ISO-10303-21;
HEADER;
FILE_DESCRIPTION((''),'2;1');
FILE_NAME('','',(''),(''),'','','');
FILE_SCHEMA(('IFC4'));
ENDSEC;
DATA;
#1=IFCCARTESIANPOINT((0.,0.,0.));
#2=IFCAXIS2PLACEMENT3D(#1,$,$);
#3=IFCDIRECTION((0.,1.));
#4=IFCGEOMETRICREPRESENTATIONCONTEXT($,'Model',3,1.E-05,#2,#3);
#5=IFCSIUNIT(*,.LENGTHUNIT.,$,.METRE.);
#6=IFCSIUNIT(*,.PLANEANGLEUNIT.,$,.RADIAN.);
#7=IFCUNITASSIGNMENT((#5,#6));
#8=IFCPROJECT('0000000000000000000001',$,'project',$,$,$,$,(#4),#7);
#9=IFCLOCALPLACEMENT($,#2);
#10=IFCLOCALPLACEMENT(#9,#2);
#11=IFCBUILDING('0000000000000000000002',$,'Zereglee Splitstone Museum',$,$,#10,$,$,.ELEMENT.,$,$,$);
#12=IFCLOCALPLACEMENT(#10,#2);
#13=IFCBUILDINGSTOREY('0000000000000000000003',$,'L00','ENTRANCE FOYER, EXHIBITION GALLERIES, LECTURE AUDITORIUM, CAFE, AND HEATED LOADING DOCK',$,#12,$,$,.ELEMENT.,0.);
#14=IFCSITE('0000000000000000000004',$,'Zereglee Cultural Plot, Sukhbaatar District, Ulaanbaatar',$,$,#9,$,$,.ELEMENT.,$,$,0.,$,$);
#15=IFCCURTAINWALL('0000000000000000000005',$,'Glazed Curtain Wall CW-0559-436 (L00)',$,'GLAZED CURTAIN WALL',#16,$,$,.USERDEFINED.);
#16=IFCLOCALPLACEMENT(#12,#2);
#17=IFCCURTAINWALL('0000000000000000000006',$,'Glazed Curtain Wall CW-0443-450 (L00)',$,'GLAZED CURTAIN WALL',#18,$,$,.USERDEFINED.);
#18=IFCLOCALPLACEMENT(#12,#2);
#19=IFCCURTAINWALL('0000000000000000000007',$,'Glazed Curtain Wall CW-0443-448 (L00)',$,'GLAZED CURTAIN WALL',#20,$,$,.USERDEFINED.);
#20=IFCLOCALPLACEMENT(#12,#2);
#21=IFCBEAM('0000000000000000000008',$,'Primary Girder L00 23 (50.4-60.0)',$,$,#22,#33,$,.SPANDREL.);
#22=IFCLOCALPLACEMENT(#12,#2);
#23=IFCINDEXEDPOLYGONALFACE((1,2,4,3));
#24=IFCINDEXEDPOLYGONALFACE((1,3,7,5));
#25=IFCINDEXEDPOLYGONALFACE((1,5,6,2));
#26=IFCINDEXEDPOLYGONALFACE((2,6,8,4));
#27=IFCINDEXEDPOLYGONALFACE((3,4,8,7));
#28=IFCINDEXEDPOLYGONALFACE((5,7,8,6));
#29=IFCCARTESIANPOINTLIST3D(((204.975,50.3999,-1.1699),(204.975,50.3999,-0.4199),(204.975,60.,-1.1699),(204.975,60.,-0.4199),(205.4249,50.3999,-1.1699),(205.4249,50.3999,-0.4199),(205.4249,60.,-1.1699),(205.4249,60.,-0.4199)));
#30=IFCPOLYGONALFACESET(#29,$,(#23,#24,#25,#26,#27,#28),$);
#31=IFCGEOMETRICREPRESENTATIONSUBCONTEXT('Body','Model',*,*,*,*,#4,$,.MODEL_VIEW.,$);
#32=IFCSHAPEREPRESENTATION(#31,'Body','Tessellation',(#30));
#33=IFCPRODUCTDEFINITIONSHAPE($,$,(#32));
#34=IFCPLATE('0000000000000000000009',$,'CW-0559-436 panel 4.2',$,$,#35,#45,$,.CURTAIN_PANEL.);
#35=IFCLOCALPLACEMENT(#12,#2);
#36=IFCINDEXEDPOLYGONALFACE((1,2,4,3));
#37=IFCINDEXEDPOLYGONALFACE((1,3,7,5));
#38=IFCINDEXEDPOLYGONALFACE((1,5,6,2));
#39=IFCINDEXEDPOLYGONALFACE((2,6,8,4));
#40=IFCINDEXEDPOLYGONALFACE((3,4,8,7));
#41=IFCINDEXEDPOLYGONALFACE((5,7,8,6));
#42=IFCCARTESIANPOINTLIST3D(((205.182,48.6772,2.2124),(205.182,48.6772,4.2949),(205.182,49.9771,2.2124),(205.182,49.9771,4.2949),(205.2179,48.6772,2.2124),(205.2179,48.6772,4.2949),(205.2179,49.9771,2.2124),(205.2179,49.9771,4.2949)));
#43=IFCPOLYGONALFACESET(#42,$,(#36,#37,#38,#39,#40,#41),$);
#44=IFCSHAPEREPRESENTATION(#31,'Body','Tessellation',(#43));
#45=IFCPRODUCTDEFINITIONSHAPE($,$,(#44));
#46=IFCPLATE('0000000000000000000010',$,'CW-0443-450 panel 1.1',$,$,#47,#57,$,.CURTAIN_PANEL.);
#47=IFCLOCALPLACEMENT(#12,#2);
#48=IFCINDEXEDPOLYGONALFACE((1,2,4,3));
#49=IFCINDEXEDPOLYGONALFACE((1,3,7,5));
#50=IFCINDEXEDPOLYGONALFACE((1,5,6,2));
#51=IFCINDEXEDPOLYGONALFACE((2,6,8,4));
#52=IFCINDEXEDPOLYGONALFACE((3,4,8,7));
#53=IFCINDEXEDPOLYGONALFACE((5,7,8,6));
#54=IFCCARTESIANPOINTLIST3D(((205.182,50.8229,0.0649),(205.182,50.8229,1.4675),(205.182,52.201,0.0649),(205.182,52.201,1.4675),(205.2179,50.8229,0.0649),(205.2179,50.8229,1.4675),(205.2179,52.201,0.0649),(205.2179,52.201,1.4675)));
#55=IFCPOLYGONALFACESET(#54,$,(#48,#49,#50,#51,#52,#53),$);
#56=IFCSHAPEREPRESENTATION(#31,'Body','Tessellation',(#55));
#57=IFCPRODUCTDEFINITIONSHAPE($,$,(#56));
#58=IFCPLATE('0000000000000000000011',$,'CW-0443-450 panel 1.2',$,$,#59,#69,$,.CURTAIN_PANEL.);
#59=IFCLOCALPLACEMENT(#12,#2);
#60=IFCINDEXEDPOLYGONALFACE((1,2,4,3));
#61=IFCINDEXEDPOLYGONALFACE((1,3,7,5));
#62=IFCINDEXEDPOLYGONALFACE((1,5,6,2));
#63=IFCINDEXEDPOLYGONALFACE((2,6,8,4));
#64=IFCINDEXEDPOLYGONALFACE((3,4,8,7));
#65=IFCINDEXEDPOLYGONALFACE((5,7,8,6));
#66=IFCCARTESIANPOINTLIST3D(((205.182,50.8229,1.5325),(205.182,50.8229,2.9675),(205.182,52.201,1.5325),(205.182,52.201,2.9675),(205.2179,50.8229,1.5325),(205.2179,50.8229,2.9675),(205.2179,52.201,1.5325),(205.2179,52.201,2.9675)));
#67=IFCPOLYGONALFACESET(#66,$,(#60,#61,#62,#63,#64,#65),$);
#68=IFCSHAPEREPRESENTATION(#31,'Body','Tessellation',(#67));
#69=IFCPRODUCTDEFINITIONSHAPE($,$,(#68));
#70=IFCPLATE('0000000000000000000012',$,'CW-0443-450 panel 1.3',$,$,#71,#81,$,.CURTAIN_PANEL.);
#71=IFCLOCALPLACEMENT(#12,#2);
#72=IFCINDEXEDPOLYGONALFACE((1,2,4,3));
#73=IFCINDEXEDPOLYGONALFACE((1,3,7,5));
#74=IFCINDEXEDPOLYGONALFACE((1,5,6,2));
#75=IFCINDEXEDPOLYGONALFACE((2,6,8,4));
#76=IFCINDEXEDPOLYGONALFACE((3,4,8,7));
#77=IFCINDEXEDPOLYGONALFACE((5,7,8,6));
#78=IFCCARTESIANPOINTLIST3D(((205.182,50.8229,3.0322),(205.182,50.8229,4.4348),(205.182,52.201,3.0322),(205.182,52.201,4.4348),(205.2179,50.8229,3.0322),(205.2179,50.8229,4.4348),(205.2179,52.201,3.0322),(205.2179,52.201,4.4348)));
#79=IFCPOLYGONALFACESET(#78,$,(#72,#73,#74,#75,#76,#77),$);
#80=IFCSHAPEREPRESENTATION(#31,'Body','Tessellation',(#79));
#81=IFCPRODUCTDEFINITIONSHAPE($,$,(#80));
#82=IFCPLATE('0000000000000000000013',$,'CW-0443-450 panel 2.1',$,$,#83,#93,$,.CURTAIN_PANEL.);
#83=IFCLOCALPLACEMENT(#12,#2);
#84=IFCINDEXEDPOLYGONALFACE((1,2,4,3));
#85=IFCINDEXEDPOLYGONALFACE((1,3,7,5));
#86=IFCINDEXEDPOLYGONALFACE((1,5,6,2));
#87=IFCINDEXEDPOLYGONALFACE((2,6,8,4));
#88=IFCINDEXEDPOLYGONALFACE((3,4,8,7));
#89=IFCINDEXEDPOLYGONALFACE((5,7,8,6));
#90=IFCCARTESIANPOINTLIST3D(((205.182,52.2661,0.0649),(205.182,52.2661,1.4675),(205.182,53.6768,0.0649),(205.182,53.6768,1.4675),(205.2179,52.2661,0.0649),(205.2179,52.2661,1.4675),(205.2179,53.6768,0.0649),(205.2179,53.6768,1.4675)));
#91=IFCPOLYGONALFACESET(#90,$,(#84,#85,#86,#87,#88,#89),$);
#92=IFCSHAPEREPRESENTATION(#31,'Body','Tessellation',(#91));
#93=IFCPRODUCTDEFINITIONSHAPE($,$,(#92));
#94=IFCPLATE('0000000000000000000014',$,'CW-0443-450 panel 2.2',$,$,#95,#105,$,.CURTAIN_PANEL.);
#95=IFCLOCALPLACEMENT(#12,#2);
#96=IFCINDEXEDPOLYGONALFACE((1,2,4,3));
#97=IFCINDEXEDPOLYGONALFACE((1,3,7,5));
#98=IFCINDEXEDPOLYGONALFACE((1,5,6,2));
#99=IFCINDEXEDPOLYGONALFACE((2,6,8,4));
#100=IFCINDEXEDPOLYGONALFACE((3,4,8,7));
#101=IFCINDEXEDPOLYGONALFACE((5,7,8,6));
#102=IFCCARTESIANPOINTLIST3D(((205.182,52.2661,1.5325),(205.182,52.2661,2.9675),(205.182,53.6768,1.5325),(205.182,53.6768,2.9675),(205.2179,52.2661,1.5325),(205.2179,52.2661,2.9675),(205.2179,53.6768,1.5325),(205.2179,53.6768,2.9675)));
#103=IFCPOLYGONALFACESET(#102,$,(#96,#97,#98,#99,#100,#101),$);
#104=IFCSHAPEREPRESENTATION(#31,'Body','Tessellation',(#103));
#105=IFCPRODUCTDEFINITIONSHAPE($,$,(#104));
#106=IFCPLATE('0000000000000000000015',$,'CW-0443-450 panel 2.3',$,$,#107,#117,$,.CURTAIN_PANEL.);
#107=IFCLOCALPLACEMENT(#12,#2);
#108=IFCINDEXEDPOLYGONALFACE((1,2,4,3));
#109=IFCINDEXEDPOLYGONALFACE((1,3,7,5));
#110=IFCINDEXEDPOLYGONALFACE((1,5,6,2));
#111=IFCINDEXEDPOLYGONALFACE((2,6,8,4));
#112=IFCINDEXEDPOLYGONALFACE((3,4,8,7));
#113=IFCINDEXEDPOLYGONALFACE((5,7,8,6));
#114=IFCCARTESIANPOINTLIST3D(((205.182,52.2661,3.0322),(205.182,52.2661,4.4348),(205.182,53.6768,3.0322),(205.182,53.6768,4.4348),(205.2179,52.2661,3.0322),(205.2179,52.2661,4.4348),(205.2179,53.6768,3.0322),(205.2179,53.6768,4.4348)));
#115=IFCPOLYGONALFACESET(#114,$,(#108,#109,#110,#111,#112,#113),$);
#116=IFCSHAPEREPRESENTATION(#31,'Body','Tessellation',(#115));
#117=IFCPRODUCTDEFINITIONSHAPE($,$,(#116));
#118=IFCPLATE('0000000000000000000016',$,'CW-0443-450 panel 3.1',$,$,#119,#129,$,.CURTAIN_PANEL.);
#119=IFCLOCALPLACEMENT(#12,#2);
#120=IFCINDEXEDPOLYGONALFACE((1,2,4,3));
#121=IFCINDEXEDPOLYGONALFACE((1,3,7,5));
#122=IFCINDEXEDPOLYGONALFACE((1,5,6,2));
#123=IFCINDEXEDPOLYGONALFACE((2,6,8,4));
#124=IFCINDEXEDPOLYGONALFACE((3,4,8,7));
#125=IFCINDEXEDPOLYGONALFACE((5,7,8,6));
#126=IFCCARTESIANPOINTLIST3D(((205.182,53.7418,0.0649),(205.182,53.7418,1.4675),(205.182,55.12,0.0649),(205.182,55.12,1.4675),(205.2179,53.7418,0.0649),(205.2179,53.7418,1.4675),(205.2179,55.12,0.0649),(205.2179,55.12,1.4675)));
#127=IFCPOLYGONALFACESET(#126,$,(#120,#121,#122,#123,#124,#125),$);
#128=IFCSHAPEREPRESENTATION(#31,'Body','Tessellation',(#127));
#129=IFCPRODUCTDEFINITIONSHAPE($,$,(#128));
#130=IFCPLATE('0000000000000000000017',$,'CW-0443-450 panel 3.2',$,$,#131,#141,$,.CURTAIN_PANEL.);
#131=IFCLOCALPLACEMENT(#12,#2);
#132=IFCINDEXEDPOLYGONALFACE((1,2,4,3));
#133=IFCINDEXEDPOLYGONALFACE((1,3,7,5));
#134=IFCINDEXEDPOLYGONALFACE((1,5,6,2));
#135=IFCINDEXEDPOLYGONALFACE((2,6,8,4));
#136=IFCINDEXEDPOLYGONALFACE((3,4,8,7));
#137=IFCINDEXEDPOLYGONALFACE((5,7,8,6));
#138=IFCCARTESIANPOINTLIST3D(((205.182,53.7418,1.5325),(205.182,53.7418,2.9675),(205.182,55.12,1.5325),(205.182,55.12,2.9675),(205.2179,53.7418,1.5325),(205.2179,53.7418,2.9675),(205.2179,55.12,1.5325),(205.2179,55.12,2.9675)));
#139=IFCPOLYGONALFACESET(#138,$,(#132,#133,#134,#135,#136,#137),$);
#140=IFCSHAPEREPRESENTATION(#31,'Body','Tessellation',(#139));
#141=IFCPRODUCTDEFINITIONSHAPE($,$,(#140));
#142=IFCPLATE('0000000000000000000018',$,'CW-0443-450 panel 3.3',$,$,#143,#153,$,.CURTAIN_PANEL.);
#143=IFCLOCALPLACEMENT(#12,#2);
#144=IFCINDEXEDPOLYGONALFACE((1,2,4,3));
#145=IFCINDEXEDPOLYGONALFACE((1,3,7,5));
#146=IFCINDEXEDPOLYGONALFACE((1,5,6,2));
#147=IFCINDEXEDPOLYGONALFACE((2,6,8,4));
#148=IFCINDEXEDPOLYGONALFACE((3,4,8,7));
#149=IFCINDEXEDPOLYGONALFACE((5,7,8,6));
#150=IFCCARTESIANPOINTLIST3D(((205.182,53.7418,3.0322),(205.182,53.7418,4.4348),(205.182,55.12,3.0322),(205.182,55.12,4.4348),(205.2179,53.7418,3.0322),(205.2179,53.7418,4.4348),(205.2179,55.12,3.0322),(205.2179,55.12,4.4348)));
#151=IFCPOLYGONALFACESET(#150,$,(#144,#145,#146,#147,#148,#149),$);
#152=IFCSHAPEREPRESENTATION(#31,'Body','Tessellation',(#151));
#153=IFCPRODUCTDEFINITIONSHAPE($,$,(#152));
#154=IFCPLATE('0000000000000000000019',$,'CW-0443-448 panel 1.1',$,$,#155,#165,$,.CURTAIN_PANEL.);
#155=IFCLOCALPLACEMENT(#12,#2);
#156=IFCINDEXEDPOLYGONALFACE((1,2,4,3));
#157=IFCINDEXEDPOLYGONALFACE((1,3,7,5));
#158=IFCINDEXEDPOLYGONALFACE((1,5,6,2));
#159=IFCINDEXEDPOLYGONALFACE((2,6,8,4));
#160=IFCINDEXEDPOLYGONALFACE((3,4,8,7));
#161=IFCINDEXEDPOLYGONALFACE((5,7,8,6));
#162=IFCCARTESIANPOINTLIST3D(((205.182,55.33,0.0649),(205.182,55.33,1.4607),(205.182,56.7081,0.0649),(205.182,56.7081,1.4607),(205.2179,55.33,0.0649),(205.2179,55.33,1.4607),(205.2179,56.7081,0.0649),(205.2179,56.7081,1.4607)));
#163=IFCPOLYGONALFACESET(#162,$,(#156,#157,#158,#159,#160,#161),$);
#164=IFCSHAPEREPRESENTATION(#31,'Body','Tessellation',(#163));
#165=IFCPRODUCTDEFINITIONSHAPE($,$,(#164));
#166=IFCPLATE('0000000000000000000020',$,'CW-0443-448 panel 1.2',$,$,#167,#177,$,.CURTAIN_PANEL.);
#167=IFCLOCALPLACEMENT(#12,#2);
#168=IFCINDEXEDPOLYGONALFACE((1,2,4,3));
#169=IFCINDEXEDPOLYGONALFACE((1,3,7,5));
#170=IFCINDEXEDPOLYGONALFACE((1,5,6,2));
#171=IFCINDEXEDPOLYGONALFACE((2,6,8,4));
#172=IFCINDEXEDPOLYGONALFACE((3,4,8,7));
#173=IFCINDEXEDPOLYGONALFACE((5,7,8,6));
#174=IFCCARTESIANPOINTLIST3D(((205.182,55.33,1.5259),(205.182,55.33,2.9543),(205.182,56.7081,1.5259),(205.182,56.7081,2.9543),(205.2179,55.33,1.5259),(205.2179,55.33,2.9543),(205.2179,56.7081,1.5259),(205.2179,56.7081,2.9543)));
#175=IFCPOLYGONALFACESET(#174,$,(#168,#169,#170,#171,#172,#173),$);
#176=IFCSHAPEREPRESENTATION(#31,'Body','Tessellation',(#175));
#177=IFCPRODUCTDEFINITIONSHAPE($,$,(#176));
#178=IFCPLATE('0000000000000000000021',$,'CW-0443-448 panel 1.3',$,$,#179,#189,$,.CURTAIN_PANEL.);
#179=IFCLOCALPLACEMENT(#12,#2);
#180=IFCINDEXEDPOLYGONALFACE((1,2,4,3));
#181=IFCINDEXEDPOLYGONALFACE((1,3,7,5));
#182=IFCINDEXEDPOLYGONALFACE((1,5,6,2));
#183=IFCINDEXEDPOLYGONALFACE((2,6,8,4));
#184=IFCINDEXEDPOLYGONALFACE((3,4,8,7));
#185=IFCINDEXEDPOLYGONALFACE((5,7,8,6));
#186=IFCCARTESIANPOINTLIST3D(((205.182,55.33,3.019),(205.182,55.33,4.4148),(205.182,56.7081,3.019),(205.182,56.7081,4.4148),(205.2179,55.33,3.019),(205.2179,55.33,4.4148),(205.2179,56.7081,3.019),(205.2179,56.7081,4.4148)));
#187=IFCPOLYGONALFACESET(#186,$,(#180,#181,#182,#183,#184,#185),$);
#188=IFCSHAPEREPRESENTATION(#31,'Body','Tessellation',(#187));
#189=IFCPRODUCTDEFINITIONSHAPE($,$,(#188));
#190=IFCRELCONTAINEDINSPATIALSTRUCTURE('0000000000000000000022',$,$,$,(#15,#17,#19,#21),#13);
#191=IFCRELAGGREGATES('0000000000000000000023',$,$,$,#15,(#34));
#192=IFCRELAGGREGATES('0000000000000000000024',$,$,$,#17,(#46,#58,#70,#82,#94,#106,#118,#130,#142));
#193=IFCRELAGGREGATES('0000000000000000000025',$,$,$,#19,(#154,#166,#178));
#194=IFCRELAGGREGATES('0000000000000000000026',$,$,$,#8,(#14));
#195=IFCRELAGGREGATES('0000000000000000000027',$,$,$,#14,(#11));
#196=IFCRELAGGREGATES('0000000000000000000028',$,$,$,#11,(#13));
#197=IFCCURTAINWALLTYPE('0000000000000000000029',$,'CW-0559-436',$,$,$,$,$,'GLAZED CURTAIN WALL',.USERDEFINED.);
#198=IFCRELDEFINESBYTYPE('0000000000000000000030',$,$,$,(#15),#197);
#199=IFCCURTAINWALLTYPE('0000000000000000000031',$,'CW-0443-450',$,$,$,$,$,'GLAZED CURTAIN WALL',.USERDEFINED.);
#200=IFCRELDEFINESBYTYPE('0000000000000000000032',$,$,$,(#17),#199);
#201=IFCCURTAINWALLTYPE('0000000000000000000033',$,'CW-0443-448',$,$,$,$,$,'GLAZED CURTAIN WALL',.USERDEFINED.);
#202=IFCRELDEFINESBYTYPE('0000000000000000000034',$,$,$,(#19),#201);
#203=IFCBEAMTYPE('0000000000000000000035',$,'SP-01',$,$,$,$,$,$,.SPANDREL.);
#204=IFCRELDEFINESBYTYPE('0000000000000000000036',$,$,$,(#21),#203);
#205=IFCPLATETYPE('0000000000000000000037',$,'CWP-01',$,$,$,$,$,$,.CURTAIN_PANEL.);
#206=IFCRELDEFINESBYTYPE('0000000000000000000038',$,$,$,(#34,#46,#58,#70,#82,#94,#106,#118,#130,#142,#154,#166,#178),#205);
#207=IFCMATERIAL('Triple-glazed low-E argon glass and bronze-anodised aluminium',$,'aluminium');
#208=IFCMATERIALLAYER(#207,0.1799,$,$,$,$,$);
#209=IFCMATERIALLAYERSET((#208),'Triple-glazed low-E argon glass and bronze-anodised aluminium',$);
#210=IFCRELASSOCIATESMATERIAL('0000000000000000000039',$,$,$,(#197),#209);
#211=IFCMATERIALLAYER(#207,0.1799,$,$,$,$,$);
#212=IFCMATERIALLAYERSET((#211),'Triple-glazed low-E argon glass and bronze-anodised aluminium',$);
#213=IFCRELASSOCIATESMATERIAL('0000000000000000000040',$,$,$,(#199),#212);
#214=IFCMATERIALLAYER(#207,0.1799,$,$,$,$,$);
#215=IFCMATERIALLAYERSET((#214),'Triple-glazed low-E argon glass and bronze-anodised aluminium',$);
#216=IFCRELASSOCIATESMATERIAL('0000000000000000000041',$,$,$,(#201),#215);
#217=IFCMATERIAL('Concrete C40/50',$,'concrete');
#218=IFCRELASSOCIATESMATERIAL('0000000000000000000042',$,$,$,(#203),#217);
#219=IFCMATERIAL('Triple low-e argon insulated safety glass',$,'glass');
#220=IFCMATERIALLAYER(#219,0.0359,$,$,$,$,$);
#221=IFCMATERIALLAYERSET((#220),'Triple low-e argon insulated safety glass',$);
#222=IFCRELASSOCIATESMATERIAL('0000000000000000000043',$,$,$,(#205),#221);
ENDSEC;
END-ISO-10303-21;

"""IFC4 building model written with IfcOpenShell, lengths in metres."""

from ifc_helpers import new_model, si_unit, direction, frame, origin, origin_2d, place, context, subcontext, project, spatial, rectangle, extrude, material, layer, layer_set, material_profile, profile_set, type_object, element, aggregate, save


model = new_model("IFC4")

# Units and contexts
model_context = context("Model", 3, precision=1e-05, world=origin(), true_north=direction((0.0, 1.0)))
body_context = subcontext(model_context, "Body", "Model", "MODEL_VIEW")
ifc_project = project(units=[si_unit("LENGTHUNIT", "METRE"), si_unit("PLANEANGLEUNIT", "RADIAN")], contexts=[model_context])

# Site, building, storey
site_placement = place(None, origin())
site = spatial("IfcSite", under=ifc_project, at=site_placement, Name="Zereglee Cultural Plot, Sukhbaatar District, Ulaanbaatar", CompositionType="ELEMENT", RefElevation=0.0)
building_placement = place(site_placement, origin())
building = spatial("IfcBuilding", under=site, at=building_placement, Name="Zereglee Splitstone Museum", CompositionType="ELEMENT")
storey_placement = place(building_placement, origin())
storey = spatial("IfcBuildingStorey", under=building, at=storey_placement, Name="L00", Description="ENTRANCE FOYER, EXHIBITION GALLERIES, LECTURE AUDITORIUM, CAFE, AND HEATED LOADING DOCK", CompositionType="ELEMENT", Elevation=0.0)

# Curtain wall
ifc_material_1 = material(Name="Triple-glazed low-E argon glass and bronze-anodised aluminium", Category="aluminium")
ifc_layer_1 = layer(ifc_material_1, 0.1799)
ifc_layer_set_1 = layer_set([ifc_layer_1], Name="Triple-glazed low-E argon glass and bronze-anodised aluminium")
curtain_wall_type_1 = type_object("IfcCurtainWallType", Name="CW-0559-436", ElementType="GLAZED CURTAIN WALL", PredefinedType="USERDEFINED", material=ifc_layer_set_1)
curtain_wall_1_placement = place(storey_placement, origin())
curtain_wall_1 = element("IfcCurtainWall", 1, at=curtain_wall_1_placement, inside=storey, type_object=curtain_wall_type_1, Name="Glazed Curtain Wall CW-0559-436 (L00)", ObjectType="GLAZED CURTAIN WALL", PredefinedType="USERDEFINED")

# Curtain walls
ifc_layer_2 = layer(ifc_material_1, 0.1799)
ifc_layer_set_2 = layer_set([ifc_layer_2], Name="Triple-glazed low-E argon glass and bronze-anodised aluminium")
curtain_wall_type_2 = type_object("IfcCurtainWallType", Name="CW-0443-450", ElementType="GLAZED CURTAIN WALL", PredefinedType="USERDEFINED", material=ifc_layer_set_2)
curtain_wall_2_placement = place(storey_placement, origin())
curtain_wall_2 = element("IfcCurtainWall", 2, at=curtain_wall_2_placement, inside=storey, type_object=curtain_wall_type_2, Name="Glazed Curtain Wall CW-0443-450 (L00)", ObjectType="GLAZED CURTAIN WALL", PredefinedType="USERDEFINED")
ifc_layer_3 = layer(ifc_material_1, 0.1799)
ifc_layer_set_3 = layer_set([ifc_layer_3], Name="Triple-glazed low-E argon glass and bronze-anodised aluminium")
curtain_wall_type_3 = type_object("IfcCurtainWallType", Name="CW-0443-448", ElementType="GLAZED CURTAIN WALL", PredefinedType="USERDEFINED", material=ifc_layer_set_3)
curtain_wall_3_placement = place(storey_placement, origin())
curtain_wall_3 = element("IfcCurtainWall", 3, at=curtain_wall_3_placement, inside=storey, type_object=curtain_wall_type_3, Name="Glazed Curtain Wall CW-0443-448 (L00)", ObjectType="GLAZED CURTAIN WALL", PredefinedType="USERDEFINED")

# Beam
ifc_material_2 = material(Name="Concrete C40/50", Category="concrete")
ifc_material_profile_1 = material_profile(ifc_material_2, rectangle(XDim=0.45, YDim=0.75, at=origin_2d()), Name="RC 450x750")
ifc_profile_set_1 = profile_set([ifc_material_profile_1], Name="Concrete C40/50")
beam_type_1 = type_object("IfcBeamType", Name="SP-01", PredefinedType="SPANDREL", material=ifc_profile_set_1)
beam_1_placement = place(storey_placement, frame((205.2, 50.3999, -0.7949), z_axis=(0.0, 1.0, 0.0), x_axis=(-1.0, 0.0, 0.0)))
element("IfcBeam", 4, at=beam_1_placement, inside=storey, type_object=beam_type_1, Name="Primary Girder L00 23 (50.4-60.0)", PredefinedType="SPANDREL", context=body_context, shape_type="SweptSolid", body=[
    extrude(rectangle(XDim=0.45, YDim=0.75, at=origin_2d()), origin(), (0.0, 0.0, 1.0), 9.6001),
])

# Plates
ifc_material_3 = material(Name="Triple low-e argon insulated safety glass", Category="glass")
ifc_layer_4 = layer(ifc_material_3, 0.0359)
ifc_layer_set_4 = layer_set([ifc_layer_4], Name="Triple low-e argon insulated safety glass")
plate_type = type_object("IfcPlateType", Name="CWP-01", PredefinedType="CURTAIN_PANEL", material=ifc_layer_set_4)
plate_1_placement = place(storey_placement, frame((205.2, 49.3271, 2.2124), z_axis=(0.0, 0.0, 1.0), x_axis=(0.0, 1.0, 0.0)))
plate_1 = element("IfcPlate", 5, at=plate_1_placement, type_object=plate_type, Name="CW-0559-436 panel 4.2", PredefinedType="CURTAIN_PANEL", context=body_context, shape_type="SweptSolid", body=[
    extrude(rectangle(XDim=1.2998, YDim=0.0359, at=origin_2d()), origin(), (0.0, 0.0, 1.0), 2.0825),
])
aggregate(curtain_wall_1, [plate_1])
plate_2_placement = place(storey_placement, frame((205.2, 51.512, 0.0649), z_axis=(0.0, 0.0, 1.0), x_axis=(0.0, 1.0, 0.0)))
plate_2 = element("IfcPlate", 6, at=plate_2_placement, type_object=plate_type, Name="CW-0443-450 panel 1.1", PredefinedType="CURTAIN_PANEL", context=body_context, shape_type="SweptSolid", body=[
    extrude(rectangle(XDim=1.3782, YDim=0.0359, at=origin_2d()), origin(), (0.0, 0.0, 1.0), 1.4026),
])
plate_3_placement = place(storey_placement, frame((205.2, 51.512, 1.5325), z_axis=(0.0, 0.0, 1.0), x_axis=(0.0, 1.0, 0.0)))
plate_3 = element("IfcPlate", 7, at=plate_3_placement, type_object=plate_type, Name="CW-0443-450 panel 1.2", PredefinedType="CURTAIN_PANEL", context=body_context, shape_type="SweptSolid", body=[
    extrude(rectangle(XDim=1.3782, YDim=0.0359, at=origin_2d()), origin(), (0.0, 0.0, 1.0), 1.4351),
])
plate_4_placement = place(storey_placement, frame((205.2, 51.512, 3.0322), z_axis=(0.0, 0.0, 1.0), x_axis=(0.0, 1.0, 0.0)))
plate_4 = element("IfcPlate", 8, at=plate_4_placement, type_object=plate_type, Name="CW-0443-450 panel 1.3", PredefinedType="CURTAIN_PANEL", context=body_context, shape_type="SweptSolid", body=[
    extrude(rectangle(XDim=1.3782, YDim=0.0359, at=origin_2d()), origin(), (0.0, 0.0, 1.0), 1.4026),
])
plate_5_placement = place(storey_placement, frame((205.2, 52.9714, 0.0649), z_axis=(0.0, 0.0, 1.0), x_axis=(0.0, 1.0, 0.0)))
plate_5 = element("IfcPlate", 9, at=plate_5_placement, type_object=plate_type, Name="CW-0443-450 panel 2.1", PredefinedType="CURTAIN_PANEL", context=body_context, shape_type="SweptSolid", body=[
    extrude(rectangle(XDim=1.4106, YDim=0.0359, at=origin_2d()), origin(), (0.0, 0.0, 1.0), 1.4026),
])
plate_6_placement = place(storey_placement, frame((205.2, 52.9714, 1.5325), z_axis=(0.0, 0.0, 1.0), x_axis=(0.0, 1.0, 0.0)))
plate_6 = element("IfcPlate", 10, at=plate_6_placement, type_object=plate_type, Name="CW-0443-450 panel 2.2", PredefinedType="CURTAIN_PANEL", context=body_context, shape_type="SweptSolid", body=[
    extrude(rectangle(XDim=1.4106, YDim=0.0359, at=origin_2d()), origin(), (0.0, 0.0, 1.0), 1.4351),
])
plate_7_placement = place(storey_placement, frame((205.2, 52.9714, 3.0322), z_axis=(0.0, 0.0, 1.0), x_axis=(0.0, 1.0, 0.0)))
plate_7 = element("IfcPlate", 11, at=plate_7_placement, type_object=plate_type, Name="CW-0443-450 panel 2.3", PredefinedType="CURTAIN_PANEL", context=body_context, shape_type="SweptSolid", body=[
    extrude(rectangle(XDim=1.4106, YDim=0.0359, at=origin_2d()), origin(), (0.0, 0.0, 1.0), 1.4026),
])
plate_8_placement = place(storey_placement, frame((205.2, 54.4309, 0.0649), z_axis=(0.0, 0.0, 1.0), x_axis=(0.0, 1.0, 0.0)))
plate_8 = element("IfcPlate", 12, at=plate_8_placement, type_object=plate_type, Name="CW-0443-450 panel 3.1", PredefinedType="CURTAIN_PANEL", context=body_context, shape_type="SweptSolid", body=[
    extrude(rectangle(XDim=1.3782, YDim=0.0359, at=origin_2d()), origin(), (0.0, 0.0, 1.0), 1.4026),
])
plate_9_placement = place(storey_placement, frame((205.2, 54.4309, 1.5325), z_axis=(0.0, 0.0, 1.0), x_axis=(0.0, 1.0, 0.0)))
plate_9 = element("IfcPlate", 13, at=plate_9_placement, type_object=plate_type, Name="CW-0443-450 panel 3.2", PredefinedType="CURTAIN_PANEL", context=body_context, shape_type="SweptSolid", body=[
    extrude(rectangle(XDim=1.3782, YDim=0.0359, at=origin_2d()), origin(), (0.0, 0.0, 1.0), 1.4351),
])
plate_10_placement = place(storey_placement, frame((205.2, 54.4309, 3.0322), z_axis=(0.0, 0.0, 1.0), x_axis=(0.0, 1.0, 0.0)))
plate_10 = element("IfcPlate", 14, at=plate_10_placement, type_object=plate_type, Name="CW-0443-450 panel 3.3", PredefinedType="CURTAIN_PANEL", context=body_context, shape_type="SweptSolid", body=[
    extrude(rectangle(XDim=1.3782, YDim=0.0359, at=origin_2d()), origin(), (0.0, 0.0, 1.0), 1.4026),
])
aggregate(curtain_wall_2, [plate_2, plate_3, plate_4, plate_5, plate_6, plate_7, plate_8, plate_9, plate_10])
plate_11_placement = place(storey_placement, frame((205.2, 56.019, 0.0649), z_axis=(0.0, 0.0, 1.0), x_axis=(0.0, 1.0, 0.0)))
plate_11 = element("IfcPlate", 15, at=plate_11_placement, type_object=plate_type, Name="CW-0443-448 panel 1.1", PredefinedType="CURTAIN_PANEL", context=body_context, shape_type="SweptSolid", body=[
    extrude(rectangle(XDim=1.3782, YDim=0.0359, at=origin_2d()), origin(), (0.0, 0.0, 1.0), 1.3958),
])
plate_12_placement = place(storey_placement, frame((205.2, 56.019, 1.5259), z_axis=(0.0, 0.0, 1.0), x_axis=(0.0, 1.0, 0.0)))
plate_12 = element("IfcPlate", 16, at=plate_12_placement, type_object=plate_type, Name="CW-0443-448 panel 1.2", PredefinedType="CURTAIN_PANEL", context=body_context, shape_type="SweptSolid", body=[
    extrude(rectangle(XDim=1.3782, YDim=0.0359, at=origin_2d()), origin(), (0.0, 0.0, 1.0), 1.4285),
])
plate_13_placement = place(storey_placement, frame((205.2, 56.019, 3.019), z_axis=(0.0, 0.0, 1.0), x_axis=(0.0, 1.0, 0.0)))
plate_13 = element("IfcPlate", 17, at=plate_13_placement, type_object=plate_type, Name="CW-0443-448 panel 1.3", PredefinedType="CURTAIN_PANEL", context=body_context, shape_type="SweptSolid", body=[
    extrude(rectangle(XDim=1.3782, YDim=0.0359, at=origin_2d()), origin(), (0.0, 0.0, 1.0), 1.3958),
])
aggregate(curtain_wall_3, [plate_11, plate_12, plate_13])

save(model, "model.ifc")
